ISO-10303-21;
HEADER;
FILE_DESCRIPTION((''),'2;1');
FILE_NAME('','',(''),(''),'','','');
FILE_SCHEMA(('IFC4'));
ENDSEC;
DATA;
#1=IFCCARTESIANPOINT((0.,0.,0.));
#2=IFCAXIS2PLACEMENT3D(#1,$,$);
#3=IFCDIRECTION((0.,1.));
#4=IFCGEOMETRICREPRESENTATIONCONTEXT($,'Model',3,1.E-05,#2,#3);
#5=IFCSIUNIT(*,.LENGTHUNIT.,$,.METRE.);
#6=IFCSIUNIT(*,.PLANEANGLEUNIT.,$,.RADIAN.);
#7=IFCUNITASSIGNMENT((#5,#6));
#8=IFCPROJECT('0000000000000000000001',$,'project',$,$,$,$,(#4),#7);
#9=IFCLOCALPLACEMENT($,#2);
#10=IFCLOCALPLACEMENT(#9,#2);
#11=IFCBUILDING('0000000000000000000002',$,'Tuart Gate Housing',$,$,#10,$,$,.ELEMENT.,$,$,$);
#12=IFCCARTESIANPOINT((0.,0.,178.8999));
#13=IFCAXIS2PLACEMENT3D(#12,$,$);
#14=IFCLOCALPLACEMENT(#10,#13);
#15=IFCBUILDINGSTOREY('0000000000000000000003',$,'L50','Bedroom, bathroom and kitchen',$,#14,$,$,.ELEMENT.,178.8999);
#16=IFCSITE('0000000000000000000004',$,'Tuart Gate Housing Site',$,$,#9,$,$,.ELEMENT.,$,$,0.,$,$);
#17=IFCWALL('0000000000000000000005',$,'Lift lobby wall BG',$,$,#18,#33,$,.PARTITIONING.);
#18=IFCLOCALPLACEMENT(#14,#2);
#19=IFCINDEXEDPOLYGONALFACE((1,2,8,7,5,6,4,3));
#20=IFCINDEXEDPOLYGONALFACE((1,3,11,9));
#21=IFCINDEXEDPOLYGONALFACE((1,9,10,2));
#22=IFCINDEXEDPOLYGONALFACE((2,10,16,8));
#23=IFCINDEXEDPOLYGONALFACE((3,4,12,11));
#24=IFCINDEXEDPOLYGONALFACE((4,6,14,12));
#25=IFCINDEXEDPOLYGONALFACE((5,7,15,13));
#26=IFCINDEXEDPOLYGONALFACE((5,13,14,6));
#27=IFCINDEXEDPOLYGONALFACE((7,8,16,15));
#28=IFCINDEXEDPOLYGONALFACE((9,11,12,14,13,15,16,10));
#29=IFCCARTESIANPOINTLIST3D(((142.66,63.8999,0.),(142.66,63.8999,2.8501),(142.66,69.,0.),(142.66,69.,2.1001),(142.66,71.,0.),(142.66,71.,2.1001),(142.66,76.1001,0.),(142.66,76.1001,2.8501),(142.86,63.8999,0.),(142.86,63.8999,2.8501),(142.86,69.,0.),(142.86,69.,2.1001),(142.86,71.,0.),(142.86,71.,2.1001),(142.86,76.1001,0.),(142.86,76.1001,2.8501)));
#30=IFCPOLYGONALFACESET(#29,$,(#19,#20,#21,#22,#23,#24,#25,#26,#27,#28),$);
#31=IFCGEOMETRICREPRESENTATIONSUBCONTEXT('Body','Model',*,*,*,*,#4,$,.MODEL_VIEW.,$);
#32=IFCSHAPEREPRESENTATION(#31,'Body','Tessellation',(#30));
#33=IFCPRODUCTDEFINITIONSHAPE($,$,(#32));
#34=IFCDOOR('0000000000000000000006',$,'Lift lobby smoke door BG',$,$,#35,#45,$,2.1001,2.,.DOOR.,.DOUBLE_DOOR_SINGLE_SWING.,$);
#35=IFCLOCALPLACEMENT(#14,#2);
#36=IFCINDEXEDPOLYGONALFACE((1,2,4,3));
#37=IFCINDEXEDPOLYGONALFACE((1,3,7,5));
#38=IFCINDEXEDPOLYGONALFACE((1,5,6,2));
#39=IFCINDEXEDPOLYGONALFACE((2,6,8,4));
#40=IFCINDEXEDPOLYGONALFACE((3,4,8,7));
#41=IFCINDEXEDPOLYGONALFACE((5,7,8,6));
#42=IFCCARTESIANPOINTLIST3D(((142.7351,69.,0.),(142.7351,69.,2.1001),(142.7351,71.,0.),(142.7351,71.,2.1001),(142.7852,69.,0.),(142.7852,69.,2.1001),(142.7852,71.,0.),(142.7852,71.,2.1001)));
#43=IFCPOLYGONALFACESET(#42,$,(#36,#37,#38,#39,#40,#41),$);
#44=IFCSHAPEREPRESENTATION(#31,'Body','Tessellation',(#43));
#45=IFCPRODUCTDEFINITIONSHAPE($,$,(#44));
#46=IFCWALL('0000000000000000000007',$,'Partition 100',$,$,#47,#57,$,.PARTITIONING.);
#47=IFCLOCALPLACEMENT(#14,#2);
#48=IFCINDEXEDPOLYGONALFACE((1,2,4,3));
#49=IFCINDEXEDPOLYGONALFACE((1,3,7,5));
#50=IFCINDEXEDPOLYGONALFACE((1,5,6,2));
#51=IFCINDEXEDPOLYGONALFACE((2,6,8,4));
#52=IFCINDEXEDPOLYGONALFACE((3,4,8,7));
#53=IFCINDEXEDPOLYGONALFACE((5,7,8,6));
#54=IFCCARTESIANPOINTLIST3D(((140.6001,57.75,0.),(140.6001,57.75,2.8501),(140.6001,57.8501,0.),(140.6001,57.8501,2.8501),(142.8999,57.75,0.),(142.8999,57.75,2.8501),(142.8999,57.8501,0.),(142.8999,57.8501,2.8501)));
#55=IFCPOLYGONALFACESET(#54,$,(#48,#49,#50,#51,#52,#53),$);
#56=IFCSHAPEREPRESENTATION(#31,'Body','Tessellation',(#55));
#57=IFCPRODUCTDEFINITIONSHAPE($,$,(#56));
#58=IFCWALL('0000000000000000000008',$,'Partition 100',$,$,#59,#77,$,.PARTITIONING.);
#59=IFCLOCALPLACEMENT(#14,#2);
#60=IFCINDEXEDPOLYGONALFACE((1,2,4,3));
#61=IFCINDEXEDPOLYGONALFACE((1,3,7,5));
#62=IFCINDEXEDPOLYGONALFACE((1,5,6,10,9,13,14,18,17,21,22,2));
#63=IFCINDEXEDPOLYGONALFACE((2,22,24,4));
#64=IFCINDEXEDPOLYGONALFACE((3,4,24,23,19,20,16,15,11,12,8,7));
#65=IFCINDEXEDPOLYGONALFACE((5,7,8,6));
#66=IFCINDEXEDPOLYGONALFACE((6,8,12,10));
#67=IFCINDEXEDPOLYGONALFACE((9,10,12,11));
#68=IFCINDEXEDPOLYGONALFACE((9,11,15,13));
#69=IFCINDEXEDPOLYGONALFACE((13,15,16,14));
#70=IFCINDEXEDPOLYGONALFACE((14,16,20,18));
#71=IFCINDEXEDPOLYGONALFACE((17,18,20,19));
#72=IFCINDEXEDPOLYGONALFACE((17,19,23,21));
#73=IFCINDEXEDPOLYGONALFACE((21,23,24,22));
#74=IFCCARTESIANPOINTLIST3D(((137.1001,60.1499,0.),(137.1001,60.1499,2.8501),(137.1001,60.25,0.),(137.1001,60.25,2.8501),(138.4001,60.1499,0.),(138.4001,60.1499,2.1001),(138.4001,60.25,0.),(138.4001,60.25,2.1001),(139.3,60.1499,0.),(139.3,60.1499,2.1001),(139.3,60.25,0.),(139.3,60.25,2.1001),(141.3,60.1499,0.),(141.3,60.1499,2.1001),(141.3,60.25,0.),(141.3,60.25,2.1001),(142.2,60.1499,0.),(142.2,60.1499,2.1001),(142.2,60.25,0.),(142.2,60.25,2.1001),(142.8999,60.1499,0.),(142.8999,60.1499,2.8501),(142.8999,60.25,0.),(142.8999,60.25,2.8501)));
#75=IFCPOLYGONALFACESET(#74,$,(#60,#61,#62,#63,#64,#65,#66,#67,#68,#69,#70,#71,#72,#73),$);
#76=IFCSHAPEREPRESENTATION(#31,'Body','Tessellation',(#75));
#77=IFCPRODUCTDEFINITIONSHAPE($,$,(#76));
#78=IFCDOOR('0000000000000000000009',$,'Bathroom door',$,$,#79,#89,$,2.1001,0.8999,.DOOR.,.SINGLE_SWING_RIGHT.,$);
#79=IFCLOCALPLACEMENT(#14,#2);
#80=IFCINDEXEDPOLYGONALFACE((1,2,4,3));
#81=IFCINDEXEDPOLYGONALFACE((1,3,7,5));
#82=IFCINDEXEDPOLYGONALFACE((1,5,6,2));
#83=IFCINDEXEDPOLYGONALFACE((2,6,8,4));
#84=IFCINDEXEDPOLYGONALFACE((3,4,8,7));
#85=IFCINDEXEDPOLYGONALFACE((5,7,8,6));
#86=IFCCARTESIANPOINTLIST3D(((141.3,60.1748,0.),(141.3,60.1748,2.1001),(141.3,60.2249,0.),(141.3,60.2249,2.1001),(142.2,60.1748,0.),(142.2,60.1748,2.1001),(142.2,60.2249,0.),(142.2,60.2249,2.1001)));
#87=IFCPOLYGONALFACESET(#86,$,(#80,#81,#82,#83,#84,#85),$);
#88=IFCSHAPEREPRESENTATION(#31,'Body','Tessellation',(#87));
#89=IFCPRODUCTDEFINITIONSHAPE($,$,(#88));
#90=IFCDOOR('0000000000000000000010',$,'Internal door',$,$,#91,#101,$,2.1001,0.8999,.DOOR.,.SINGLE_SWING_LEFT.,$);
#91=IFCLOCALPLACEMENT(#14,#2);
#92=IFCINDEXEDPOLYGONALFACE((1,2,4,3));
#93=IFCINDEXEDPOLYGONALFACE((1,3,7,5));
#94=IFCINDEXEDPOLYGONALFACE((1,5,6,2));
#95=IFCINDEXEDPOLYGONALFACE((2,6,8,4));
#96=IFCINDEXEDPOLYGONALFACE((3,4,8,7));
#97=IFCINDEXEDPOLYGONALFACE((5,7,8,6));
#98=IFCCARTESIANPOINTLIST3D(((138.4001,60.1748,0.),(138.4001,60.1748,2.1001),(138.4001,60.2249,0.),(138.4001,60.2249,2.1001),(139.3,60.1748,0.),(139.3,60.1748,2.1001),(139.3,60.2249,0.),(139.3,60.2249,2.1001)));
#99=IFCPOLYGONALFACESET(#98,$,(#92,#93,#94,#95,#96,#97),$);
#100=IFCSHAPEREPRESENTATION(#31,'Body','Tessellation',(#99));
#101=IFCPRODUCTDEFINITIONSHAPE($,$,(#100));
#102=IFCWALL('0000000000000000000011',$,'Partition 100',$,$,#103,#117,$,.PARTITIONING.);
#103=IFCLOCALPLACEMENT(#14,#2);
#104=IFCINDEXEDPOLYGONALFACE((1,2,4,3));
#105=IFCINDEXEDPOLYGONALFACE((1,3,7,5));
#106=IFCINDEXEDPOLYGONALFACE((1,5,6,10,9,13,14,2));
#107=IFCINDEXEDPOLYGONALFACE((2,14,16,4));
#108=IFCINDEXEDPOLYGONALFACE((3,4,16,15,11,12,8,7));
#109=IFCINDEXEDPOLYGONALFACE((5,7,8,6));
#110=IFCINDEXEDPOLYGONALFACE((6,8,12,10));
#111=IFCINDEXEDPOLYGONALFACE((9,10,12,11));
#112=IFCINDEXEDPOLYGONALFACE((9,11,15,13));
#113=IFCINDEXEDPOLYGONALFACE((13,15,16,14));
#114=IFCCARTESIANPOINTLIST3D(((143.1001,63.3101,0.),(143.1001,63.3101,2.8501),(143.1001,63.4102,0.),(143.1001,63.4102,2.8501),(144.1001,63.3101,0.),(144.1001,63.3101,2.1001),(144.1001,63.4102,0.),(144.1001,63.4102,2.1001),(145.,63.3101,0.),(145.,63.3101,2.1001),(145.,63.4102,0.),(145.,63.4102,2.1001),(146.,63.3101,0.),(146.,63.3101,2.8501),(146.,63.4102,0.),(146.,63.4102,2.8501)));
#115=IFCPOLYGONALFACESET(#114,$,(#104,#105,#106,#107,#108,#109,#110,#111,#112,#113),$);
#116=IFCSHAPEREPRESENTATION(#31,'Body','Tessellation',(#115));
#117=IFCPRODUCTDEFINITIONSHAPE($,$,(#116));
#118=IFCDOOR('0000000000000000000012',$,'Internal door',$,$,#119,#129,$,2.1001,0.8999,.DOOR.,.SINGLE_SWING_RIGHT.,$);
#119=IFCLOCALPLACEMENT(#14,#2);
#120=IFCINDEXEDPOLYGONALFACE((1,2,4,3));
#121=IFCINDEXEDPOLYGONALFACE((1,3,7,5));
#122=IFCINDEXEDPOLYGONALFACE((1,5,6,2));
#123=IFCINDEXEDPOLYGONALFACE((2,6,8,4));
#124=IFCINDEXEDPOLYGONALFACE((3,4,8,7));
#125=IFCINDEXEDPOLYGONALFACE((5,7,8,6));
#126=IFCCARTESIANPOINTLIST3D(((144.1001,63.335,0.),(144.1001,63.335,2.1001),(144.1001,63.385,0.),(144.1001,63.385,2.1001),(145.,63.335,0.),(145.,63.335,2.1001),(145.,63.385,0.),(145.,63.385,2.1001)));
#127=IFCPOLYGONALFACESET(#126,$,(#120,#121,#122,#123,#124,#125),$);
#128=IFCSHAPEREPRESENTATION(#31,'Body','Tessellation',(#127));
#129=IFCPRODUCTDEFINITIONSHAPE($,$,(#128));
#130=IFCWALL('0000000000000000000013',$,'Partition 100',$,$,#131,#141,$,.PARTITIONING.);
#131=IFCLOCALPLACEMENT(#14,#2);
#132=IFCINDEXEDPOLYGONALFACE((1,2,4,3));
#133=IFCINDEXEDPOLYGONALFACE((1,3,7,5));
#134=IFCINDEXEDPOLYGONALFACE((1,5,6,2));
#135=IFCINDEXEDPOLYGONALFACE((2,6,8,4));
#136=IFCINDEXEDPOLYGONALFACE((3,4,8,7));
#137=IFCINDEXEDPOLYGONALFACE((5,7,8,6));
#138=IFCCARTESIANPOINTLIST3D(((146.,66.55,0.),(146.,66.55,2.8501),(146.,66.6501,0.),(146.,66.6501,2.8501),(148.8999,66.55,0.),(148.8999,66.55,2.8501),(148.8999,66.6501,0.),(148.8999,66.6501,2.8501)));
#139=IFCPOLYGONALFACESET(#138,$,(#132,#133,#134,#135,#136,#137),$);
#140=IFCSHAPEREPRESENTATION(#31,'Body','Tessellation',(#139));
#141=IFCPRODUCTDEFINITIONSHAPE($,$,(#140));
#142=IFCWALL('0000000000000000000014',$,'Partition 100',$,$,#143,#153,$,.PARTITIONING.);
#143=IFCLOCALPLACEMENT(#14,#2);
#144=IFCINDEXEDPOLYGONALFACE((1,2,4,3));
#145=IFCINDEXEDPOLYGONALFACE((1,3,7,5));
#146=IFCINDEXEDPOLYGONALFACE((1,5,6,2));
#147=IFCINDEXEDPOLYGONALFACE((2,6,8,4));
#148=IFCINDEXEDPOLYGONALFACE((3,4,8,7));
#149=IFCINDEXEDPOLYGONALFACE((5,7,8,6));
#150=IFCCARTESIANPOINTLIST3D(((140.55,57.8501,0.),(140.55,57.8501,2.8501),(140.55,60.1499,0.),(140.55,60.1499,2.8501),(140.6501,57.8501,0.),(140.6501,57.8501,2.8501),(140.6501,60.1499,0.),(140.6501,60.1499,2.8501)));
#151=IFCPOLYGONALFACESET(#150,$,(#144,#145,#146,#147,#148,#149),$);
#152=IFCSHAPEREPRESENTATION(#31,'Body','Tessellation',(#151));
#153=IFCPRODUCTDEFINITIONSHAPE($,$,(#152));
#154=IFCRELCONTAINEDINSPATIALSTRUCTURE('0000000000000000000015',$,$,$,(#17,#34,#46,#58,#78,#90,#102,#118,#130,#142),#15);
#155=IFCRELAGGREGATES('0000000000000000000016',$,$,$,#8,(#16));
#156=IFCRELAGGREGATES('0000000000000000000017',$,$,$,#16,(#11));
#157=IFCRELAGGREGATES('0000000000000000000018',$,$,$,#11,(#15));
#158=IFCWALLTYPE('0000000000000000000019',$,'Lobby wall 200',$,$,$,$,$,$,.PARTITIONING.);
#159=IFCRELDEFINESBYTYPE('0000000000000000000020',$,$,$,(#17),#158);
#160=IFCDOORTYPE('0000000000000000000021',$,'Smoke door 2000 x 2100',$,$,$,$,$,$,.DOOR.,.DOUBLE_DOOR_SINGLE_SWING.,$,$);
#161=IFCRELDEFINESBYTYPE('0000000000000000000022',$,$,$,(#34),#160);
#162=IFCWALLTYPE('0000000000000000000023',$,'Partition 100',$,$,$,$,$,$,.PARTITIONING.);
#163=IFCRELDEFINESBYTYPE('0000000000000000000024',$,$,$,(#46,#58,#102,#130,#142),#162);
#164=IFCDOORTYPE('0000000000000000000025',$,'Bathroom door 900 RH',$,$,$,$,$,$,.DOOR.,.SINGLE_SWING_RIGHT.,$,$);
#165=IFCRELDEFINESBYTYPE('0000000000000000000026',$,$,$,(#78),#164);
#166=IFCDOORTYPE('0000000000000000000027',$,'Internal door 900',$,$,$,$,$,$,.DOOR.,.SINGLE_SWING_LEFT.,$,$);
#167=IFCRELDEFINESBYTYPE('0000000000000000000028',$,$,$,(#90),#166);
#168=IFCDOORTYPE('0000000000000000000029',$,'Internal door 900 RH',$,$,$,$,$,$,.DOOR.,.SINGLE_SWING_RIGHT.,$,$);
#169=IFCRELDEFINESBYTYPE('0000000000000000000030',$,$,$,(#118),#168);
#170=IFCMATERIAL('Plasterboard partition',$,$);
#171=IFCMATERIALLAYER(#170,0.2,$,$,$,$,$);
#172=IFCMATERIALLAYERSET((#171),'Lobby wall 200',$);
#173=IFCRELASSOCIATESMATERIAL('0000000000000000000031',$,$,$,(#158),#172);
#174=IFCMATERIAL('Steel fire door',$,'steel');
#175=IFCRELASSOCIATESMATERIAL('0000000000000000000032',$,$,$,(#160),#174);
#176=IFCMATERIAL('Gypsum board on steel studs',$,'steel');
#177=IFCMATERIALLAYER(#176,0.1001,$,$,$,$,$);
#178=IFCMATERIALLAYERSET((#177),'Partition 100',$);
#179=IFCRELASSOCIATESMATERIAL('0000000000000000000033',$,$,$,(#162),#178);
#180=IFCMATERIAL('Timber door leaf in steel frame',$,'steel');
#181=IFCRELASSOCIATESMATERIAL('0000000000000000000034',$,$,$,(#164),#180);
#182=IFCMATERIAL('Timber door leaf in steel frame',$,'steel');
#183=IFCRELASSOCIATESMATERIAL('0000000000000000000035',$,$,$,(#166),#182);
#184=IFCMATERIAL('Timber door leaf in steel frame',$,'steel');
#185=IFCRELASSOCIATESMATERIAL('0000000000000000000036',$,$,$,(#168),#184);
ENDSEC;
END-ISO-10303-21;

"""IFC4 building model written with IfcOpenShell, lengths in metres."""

from ifc_helpers import new_model, si_unit, direction, frame, frame_2d, origin, place, context, subcontext, project, spatial, rectangle, extrude, material, layer, layer_set, type_object, element, fill, save


model = new_model("IFC4")

# Units and contexts
model_context = context("Model", 3, precision=1e-05, world=origin(), true_north=direction((0.0, 1.0)))
body_context = subcontext(model_context, "Body", "Model", "MODEL_VIEW")
ifc_project = project(units=[si_unit("LENGTHUNIT", "METRE"), si_unit("PLANEANGLEUNIT", "RADIAN")], contexts=[model_context])

# Site, building, storey
site_placement = place(None, origin())
site = spatial("IfcSite", under=ifc_project, at=site_placement, Name="Tuart Gate Housing Site", CompositionType="ELEMENT", RefElevation=0.0)
building_placement = place(site_placement, origin())
building = spatial("IfcBuilding", under=site, at=building_placement, Name="Tuart Gate Housing", CompositionType="ELEMENT")
storey_placement = place(building_placement, frame((0.0, 0.0, 178.8999)))
storey = spatial("IfcBuildingStorey", under=building, at=storey_placement, Name="L50", Description="Bedroom, bathroom and kitchen", CompositionType="ELEMENT", Elevation=178.8999)

# Wall, opening, door
ifc_material_1 = material(Name="Plasterboard partition")
ifc_layer_1 = layer(ifc_material_1, 0.2)
ifc_layer_set_1 = layer_set([ifc_layer_1], Name="Lobby wall 200")
wall_type_1 = type_object("IfcWallType", Name="Lobby wall 200", PredefinedType="PARTITIONING", material=ifc_layer_set_1)
wall_1_placement = place(storey_placement, frame((142.76, 63.8999, 0.0), z_axis=(0.0, 0.0, 1.0), x_axis=(0.0, 1.0, 0.0)))
wall_1 = element("IfcWall", 1, at=wall_1_placement, inside=storey, type_object=wall_type_1, Name="Lift lobby wall BG", PredefinedType="PARTITIONING", context=body_context, shape_type="SweptSolid", body=[
    extrude(rectangle(XDim=12.2002, YDim=0.2, at=frame_2d((6.1001, 0.0))), origin(), (0.0, 0.0, 1.0), 2.8501),
])
opening_1_placement = place(wall_1_placement, frame((5.1001, 0.0, 0.0)))
opening_1 = element("IfcOpeningElement", 2, at=opening_1_placement, cuts=wall_1, PredefinedType="OPENING", context=body_context, shape_type="SweptSolid", body=[
    extrude(rectangle(XDim=2.0, YDim=2.1001, at=frame_2d((1.0, 1.05))), frame((0.0, 0.1099, 0.0), z_axis=(0.0, -1.0, 0.0), x_axis=(1.0, 0.0, 0.0)), (0.0, 0.0, 1.0), 0.22),
])
ifc_material_2 = material(Name="Steel fire door", Category="steel")
door_type_1 = type_object("IfcDoorType", Name="Smoke door 2000 x 2100", OperationType="DOUBLE_DOOR_SINGLE_SWING", PredefinedType="DOOR", material=ifc_material_2)
door_1_placement = place(opening_1_placement, origin())
door_1 = element("IfcDoor", 3, at=door_1_placement, inside=storey, type_object=door_type_1, Name="Lift lobby smoke door BG", OperationType="DOUBLE_DOOR_SINGLE_SWING", OverallHeight=2.1001, OverallWidth=2.0, PredefinedType="DOOR", context=body_context, shape_type="SweptSolid", body=[
    extrude(rectangle(XDim=2.0, YDim=2.1001, at=frame_2d((1.0, 1.05))), frame((0.0, 0.0249, 0.0), z_axis=(0.0, -1.0, 0.0), x_axis=(1.0, 0.0, 0.0)), (0.0, 0.0, 1.0), 0.05),
])
fill(opening_1, door_1)

# Wall
ifc_material_3 = material(Name="Gypsum board on steel studs", Category="steel")
ifc_layer_2 = layer(ifc_material_3, 0.1001)
ifc_layer_set_2 = layer_set([ifc_layer_2], Name="Partition 100")
wall_type_2 = type_object("IfcWallType", Name="Partition 100", PredefinedType="PARTITIONING", material=ifc_layer_set_2)
wall_2_placement = place(storey_placement, frame((140.6001, 57.8, 0.0), z_axis=(0.0, 0.0, 1.0), x_axis=(1.0, 0.0, 0.0)))
element("IfcWall", 4, at=wall_2_placement, inside=storey, type_object=wall_type_2, Name="Partition 100", PredefinedType="PARTITIONING", context=body_context, shape_type="SweptSolid", body=[
    extrude(rectangle(XDim=2.2998, YDim=0.1001, at=frame_2d((1.1499, 0.0))), origin(), (0.0, 0.0, 1.0), 2.8501),
])

# Wall, openings, doors
wall_3_placement = place(storey_placement, frame((137.1001, 60.2, 0.0), z_axis=(0.0, 0.0, 1.0), x_axis=(1.0, 0.0, 0.0)))
wall_3 = element("IfcWall", 5, at=wall_3_placement, inside=storey, type_object=wall_type_2, Name="Partition 100", PredefinedType="PARTITIONING", context=body_context, shape_type="SweptSolid", body=[
    extrude(rectangle(XDim=5.7998, YDim=0.1001, at=frame_2d((2.8999, 0.0))), origin(), (0.0, 0.0, 1.0), 2.8501),
])
opening_2_placement = place(wall_3_placement, frame((1.3, 0.0, 0.0)))
opening_2 = element("IfcOpeningElement", 6, at=opening_2_placement, cuts=wall_3, PredefinedType="OPENING", context=body_context, shape_type="SweptSolid", body=[
    extrude(rectangle(XDim=0.8999, YDim=2.1001, at=frame_2d((0.45, 1.05))), frame((0.0, 0.0601, 0.0), z_axis=(0.0, -1.0, 0.0), x_axis=(1.0, 0.0, 0.0)), (0.0, 0.0, 1.0), 0.1201),
])
opening_3_placement = place(wall_3_placement, frame((4.2, 0.0, 0.0)))
opening_3 = element("IfcOpeningElement", 7, at=opening_3_placement, cuts=wall_3, PredefinedType="OPENING", context=body_context, shape_type="SweptSolid", body=[
    extrude(rectangle(XDim=0.8999, YDim=2.1001, at=frame_2d((0.45, 1.05))), frame((0.0, 0.0601, 0.0), z_axis=(0.0, -1.0, 0.0), x_axis=(1.0, 0.0, 0.0)), (0.0, 0.0, 1.0), 0.1201),
])
ifc_material_4 = material(Name="Timber door leaf in steel frame", Category="steel")
door_type_2 = type_object("IfcDoorType", Name="Bathroom door 900 RH", OperationType="SINGLE_SWING_RIGHT", PredefinedType="DOOR", material=ifc_material_4)
door_2_placement = place(opening_3_placement, frame((0.8999, 0.0, 0.0), z_axis=(0.0, 0.0, 1.0), x_axis=(-1.0, 0.0, 0.0)))
door_2 = element("IfcDoor", 8, at=door_2_placement, inside=storey, type_object=door_type_2, Name="Bathroom door", OperationType="SINGLE_SWING_RIGHT", OverallHeight=2.1001, OverallWidth=0.8999, PredefinedType="DOOR", context=body_context, shape_type="SweptSolid", body=[
    extrude(rectangle(XDim=0.8999, YDim=2.1001, at=frame_2d((0.45, 1.05))), frame((0.0, 0.0251, 0.0), z_axis=(0.0, -1.0, 0.0), x_axis=(1.0, 0.0, 0.0)), (0.0, 0.0, 1.0), 0.05),
])
fill(opening_3, door_2)
ifc_material_5 = material(Name="Timber door leaf in steel frame", Category="steel")
door_type_3 = type_object("IfcDoorType", Name="Internal door 900", OperationType="SINGLE_SWING_LEFT", PredefinedType="DOOR", material=ifc_material_5)
door_3_placement = place(opening_2_placement, origin())
door_3 = element("IfcDoor", 9, at=door_3_placement, inside=storey, type_object=door_type_3, Name="Internal door", OperationType="SINGLE_SWING_LEFT", OverallHeight=2.1001, OverallWidth=0.8999, PredefinedType="DOOR", context=body_context, shape_type="SweptSolid", body=[
    extrude(rectangle(XDim=0.8999, YDim=2.1001, at=frame_2d((0.45, 1.05))), frame((0.0, 0.0249, 0.0), z_axis=(0.0, -1.0, 0.0), x_axis=(1.0, 0.0, 0.0)), (0.0, 0.0, 1.0), 0.05),
])
fill(opening_2, door_3)

# Wall, opening, door
wall_4_placement = place(storey_placement, frame((143.1001, 63.3601, 0.0), z_axis=(0.0, 0.0, 1.0), x_axis=(1.0, 0.0, 0.0)))
wall_4 = element("IfcWall", 10, at=wall_4_placement, inside=storey, type_object=wall_type_2, Name="Partition 100", PredefinedType="PARTITIONING", context=body_context, shape_type="SweptSolid", body=[
    extrude(rectangle(XDim=2.8999, YDim=0.1001, at=frame_2d((1.45, 0.0))), origin(), (0.0, 0.0, 1.0), 2.8501),
])
opening_4_placement = place(wall_4_placement, frame((1.0, 0.0, 0.0)))
opening_4 = element("IfcOpeningElement", 11, at=opening_4_placement, cuts=wall_4, PredefinedType="OPENING", context=body_context, shape_type="SweptSolid", body=[
    extrude(rectangle(XDim=0.8999, YDim=2.1001, at=frame_2d((0.45, 1.05))), frame((0.0, 0.0601, 0.0), z_axis=(0.0, -1.0, 0.0), x_axis=(1.0, 0.0, 0.0)), (0.0, 0.0, 1.0), 0.1201),
])
ifc_material_6 = material(Name="Timber door leaf in steel frame", Category="steel")
door_type_4 = type_object("IfcDoorType", Name="Internal door 900 RH", OperationType="SINGLE_SWING_RIGHT", PredefinedType="DOOR", material=ifc_material_6)
door_4_placement = place(opening_4_placement, origin())
door_4 = element("IfcDoor", 12, at=door_4_placement, inside=storey, type_object=door_type_4, Name="Internal door", OperationType="SINGLE_SWING_RIGHT", OverallHeight=2.1001, OverallWidth=0.8999, PredefinedType="DOOR", context=body_context, shape_type="SweptSolid", body=[
    extrude(rectangle(XDim=0.8999, YDim=2.1001, at=frame_2d((0.45, 1.05))), frame((0.0, 0.0249, 0.0), z_axis=(0.0, -1.0, 0.0), x_axis=(1.0, 0.0, 0.0)), (0.0, 0.0, 1.0), 0.05),
])
fill(opening_4, door_4)

# Walls
wall_5_placement = place(storey_placement, frame((146.0, 66.6001, 0.0), z_axis=(0.0, 0.0, 1.0), x_axis=(1.0, 0.0, 0.0)))
element("IfcWall", 13, at=wall_5_placement, inside=storey, type_object=wall_type_2, Name="Partition 100", PredefinedType="PARTITIONING", context=body_context, shape_type="SweptSolid", body=[
    extrude(rectangle(XDim=2.8999, YDim=0.1001, at=frame_2d((1.45, 0.0))), origin(), (0.0, 0.0, 1.0), 2.8501),
])
wall_6_placement = place(storey_placement, frame((140.6001, 57.8501, 0.0), z_axis=(0.0, 0.0, 1.0), x_axis=(0.0, 1.0, 0.0)))
element("IfcWall", 14, at=wall_6_placement, inside=storey, type_object=wall_type_2, Name="Partition 100", PredefinedType="PARTITIONING", context=body_context, shape_type="SweptSolid", body=[
    extrude(rectangle(XDim=2.2998, YDim=0.1001, at=frame_2d((1.1499, 0.0))), origin(), (0.0, 0.0, 1.0), 2.8501),
])

save(model, "model.ifc")
